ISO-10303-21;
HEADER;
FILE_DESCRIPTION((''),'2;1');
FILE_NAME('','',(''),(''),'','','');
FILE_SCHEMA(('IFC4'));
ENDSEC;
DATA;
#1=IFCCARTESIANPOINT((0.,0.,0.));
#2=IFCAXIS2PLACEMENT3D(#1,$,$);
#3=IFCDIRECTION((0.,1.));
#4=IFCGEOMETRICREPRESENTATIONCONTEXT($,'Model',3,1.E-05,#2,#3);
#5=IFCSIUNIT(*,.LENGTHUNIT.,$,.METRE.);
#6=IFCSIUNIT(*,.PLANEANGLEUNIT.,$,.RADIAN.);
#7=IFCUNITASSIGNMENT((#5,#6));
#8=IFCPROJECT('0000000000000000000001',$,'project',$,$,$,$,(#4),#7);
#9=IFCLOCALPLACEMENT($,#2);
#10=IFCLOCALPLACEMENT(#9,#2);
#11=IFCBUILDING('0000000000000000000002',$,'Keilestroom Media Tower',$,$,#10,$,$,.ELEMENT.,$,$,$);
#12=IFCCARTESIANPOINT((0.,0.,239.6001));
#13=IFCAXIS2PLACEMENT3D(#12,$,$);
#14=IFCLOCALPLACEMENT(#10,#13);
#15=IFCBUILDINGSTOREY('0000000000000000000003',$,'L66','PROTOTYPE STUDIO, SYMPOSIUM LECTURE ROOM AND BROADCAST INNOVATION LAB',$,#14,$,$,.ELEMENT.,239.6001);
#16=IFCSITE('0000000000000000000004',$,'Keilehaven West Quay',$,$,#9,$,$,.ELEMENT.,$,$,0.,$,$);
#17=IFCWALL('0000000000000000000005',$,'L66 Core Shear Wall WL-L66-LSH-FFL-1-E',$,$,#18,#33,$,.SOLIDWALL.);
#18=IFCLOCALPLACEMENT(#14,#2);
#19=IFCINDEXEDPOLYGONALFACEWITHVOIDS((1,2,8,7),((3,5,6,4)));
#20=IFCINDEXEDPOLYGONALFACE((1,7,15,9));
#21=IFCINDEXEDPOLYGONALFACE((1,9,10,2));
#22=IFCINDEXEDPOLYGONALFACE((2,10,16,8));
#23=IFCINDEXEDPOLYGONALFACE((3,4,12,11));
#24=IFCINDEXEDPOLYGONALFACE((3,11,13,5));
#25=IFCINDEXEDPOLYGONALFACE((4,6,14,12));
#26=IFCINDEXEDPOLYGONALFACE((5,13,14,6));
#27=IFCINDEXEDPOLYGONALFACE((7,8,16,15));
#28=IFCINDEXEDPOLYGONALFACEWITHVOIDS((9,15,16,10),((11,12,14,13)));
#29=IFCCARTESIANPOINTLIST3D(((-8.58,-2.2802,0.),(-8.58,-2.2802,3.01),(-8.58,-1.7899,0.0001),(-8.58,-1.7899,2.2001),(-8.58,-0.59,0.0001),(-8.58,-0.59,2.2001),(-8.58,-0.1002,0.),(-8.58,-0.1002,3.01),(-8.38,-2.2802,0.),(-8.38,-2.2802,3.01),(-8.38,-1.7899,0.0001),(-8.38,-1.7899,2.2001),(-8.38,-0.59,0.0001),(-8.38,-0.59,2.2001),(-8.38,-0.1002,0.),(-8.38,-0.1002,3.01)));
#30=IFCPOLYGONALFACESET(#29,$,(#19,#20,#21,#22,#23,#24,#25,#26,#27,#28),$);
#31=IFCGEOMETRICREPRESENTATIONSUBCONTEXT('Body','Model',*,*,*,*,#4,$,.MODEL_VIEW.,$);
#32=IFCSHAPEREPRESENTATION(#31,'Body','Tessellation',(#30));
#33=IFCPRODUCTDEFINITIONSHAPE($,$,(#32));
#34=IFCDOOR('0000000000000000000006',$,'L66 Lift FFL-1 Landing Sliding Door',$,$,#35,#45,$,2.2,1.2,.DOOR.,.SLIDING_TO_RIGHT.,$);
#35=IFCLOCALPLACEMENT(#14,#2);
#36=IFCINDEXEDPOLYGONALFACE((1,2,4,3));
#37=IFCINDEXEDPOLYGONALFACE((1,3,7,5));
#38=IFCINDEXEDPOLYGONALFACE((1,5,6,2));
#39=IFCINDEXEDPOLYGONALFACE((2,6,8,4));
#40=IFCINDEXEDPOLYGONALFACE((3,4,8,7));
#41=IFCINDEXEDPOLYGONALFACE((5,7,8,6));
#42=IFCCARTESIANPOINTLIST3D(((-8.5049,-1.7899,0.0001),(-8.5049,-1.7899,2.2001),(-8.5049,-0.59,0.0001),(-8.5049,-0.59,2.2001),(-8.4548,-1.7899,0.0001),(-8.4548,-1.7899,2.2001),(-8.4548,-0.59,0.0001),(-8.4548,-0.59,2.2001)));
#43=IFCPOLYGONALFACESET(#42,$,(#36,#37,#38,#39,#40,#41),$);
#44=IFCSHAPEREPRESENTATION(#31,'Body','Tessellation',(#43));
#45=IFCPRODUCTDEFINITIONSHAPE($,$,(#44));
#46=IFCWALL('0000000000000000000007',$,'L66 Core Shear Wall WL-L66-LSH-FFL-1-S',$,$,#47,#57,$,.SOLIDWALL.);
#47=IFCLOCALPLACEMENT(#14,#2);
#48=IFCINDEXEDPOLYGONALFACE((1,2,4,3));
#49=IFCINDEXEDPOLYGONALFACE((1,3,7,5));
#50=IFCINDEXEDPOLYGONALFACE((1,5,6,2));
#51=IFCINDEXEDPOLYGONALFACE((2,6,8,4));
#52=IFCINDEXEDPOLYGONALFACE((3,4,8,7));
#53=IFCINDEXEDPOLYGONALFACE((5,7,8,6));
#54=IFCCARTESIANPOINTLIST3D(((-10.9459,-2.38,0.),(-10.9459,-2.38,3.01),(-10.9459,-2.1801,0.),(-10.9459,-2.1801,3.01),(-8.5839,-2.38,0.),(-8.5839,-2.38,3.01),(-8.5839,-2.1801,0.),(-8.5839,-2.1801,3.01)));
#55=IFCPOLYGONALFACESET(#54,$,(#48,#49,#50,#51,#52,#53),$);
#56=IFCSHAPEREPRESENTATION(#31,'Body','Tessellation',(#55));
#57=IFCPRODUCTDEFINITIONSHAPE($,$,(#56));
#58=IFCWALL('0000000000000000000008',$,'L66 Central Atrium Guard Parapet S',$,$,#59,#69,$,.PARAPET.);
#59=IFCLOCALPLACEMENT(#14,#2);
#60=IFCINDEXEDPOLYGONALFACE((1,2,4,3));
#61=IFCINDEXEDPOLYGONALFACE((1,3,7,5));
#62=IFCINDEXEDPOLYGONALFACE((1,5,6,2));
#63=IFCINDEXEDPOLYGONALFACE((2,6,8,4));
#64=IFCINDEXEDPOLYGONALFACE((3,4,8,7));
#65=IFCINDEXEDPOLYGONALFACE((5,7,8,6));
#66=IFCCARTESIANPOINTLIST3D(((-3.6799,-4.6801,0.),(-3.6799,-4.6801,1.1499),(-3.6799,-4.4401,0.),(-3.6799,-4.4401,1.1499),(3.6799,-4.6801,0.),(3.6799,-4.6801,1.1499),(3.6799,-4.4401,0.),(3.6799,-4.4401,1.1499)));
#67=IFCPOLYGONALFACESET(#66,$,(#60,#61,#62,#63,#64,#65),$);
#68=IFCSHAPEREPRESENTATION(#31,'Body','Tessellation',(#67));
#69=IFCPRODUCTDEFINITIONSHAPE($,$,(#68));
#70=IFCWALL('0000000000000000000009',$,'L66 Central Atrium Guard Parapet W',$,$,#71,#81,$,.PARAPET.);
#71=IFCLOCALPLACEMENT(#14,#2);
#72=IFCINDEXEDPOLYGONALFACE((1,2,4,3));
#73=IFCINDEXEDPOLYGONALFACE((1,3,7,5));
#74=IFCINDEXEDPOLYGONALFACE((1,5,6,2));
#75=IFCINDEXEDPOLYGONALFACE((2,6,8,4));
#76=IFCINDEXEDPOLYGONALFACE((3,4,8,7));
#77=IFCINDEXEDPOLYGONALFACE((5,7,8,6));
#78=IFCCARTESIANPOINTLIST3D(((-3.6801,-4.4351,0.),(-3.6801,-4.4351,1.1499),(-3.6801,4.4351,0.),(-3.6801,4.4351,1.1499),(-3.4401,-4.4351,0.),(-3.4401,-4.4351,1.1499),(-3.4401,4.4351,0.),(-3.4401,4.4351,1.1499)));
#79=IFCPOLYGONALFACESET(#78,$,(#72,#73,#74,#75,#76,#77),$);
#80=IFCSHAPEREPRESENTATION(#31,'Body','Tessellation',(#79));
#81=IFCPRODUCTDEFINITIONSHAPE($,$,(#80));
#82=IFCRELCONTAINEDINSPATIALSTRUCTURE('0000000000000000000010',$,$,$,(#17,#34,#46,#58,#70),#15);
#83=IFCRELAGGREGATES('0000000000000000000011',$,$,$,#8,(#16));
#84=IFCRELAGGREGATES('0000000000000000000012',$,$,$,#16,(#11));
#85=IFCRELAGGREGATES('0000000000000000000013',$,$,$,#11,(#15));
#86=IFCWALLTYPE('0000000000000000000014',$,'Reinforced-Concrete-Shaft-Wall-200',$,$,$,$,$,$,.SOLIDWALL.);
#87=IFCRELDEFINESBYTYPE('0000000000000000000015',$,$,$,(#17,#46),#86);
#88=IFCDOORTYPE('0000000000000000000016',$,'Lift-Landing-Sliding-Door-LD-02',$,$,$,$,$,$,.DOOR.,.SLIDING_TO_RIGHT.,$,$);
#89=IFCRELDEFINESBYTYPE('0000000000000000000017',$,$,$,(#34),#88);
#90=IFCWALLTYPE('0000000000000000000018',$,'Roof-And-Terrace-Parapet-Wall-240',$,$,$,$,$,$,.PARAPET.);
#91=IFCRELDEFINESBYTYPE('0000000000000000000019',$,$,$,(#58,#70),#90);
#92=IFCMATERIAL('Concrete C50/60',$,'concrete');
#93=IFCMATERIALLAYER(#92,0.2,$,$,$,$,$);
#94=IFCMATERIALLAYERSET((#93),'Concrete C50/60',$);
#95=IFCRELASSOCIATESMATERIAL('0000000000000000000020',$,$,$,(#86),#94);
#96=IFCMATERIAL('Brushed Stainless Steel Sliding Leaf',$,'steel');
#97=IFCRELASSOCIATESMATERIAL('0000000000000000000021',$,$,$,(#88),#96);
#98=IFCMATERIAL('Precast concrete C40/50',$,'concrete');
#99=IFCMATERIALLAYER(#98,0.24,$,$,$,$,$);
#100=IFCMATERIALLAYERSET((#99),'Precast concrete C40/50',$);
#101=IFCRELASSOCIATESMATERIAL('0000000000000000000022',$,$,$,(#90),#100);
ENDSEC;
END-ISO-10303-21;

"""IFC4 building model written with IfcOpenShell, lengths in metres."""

from ifc_helpers import new_model, si_unit, direction, frame, frame_2d, origin, place, context, subcontext, project, spatial, rectangle, extrude, source, transform, mapped, material, layer, layer_set, type_object, element, fill, save


model = new_model("IFC4")

# Units and contexts
model_context = context("Model", 3, precision=1e-05, world=origin(), true_north=direction((0.0, 1.0)))
body_context = subcontext(model_context, "Body", "Model", "MODEL_VIEW")
ifc_project = project(units=[si_unit("LENGTHUNIT", "METRE"), si_unit("PLANEANGLEUNIT", "RADIAN")], contexts=[model_context])

# Site, building, storey
site_placement = place(None, origin())
site = spatial("IfcSite", under=ifc_project, at=site_placement, Name="Keilehaven West Quay", CompositionType="ELEMENT", RefElevation=0.0)
building_placement = place(site_placement, origin())
building = spatial("IfcBuilding", under=site, at=building_placement, Name="Keilestroom Media Tower", CompositionType="ELEMENT")
storey_placement = place(building_placement, frame((0.0, 0.0, 239.6001)))
storey = spatial("IfcBuildingStorey", under=building, at=storey_placement, Name="L66", Description="PROTOTYPE STUDIO, SYMPOSIUM LECTURE ROOM AND BROADCAST INNOVATION LAB", CompositionType="ELEMENT", Elevation=239.6001)

# Shared definitions
ifc_material_1 = material(Name="Concrete C50/60", Category="concrete")

# Shared definitions
shared_shape_1 = source(origin(), body_context, "Body", "SweptSolid", [
    extrude(rectangle(XDim=1.2, YDim=2.2, at=frame_2d((0.6001, 1.1001))), frame((0.0, 0.0249, 0.0), z_axis=(0.0, -1.0, 0.0), x_axis=(1.0, 0.0, 0.0)), (0.0, 0.0, 1.0), 0.05),
])

# Shared definitions
ifc_layer_1 = layer(ifc_material_1, 0.2)
ifc_layer_set_1 = layer_set([ifc_layer_1], Name="Concrete C50/60")
wall_type_1 = type_object("IfcWallType", Name="Reinforced-Concrete-Shaft-Wall-200", PredefinedType="SOLIDWALL", material=ifc_layer_set_1)

# Wall, opening, door
wall_1_placement = place(storey_placement, frame((-8.48, -2.28, 0.0), z_axis=(0.0, 0.0, 1.0), x_axis=(0.0, 1.0, 0.0)))
wall_1 = element("IfcWall", 1, at=wall_1_placement, inside=storey, type_object=wall_type_1, Name="L66 Core Shear Wall WL-L66-LSH-FFL-1-E", PredefinedType="SOLIDWALL", context=body_context, shape_type="SweptSolid", body=[
    extrude(rectangle(XDim=2.1799, YDim=0.2, at=frame_2d((1.0898, 0.0))), origin(), (0.0, 0.0, 1.0), 3.01),
])
opening_1_placement = place(wall_1_placement, frame((0.49, 0.0, 0.0)))
opening_1 = element("IfcOpeningElement", 2, at=opening_1_placement, cuts=wall_1, PredefinedType="OPENING", context=body_context, shape_type="SweptSolid", body=[
    extrude(rectangle(XDim=1.2, YDim=2.2, at=frame_2d((0.6001, 1.1001))), frame((0.0, 0.1099, 0.0), z_axis=(0.0, -1.0, 0.0), x_axis=(1.0, 0.0, 0.0)), (0.0, 0.0, 1.0), 0.22),
])
ifc_material_2 = material(Name="Brushed Stainless Steel Sliding Leaf", Category="steel")
door_type_1 = type_object("IfcDoorType", Name="Lift-Landing-Sliding-Door-LD-02", OperationType="SLIDING_TO_RIGHT", PredefinedType="DOOR", material=ifc_material_2)
door_1_placement = place(opening_1_placement, origin())
door_1 = element("IfcDoor", 3, at=door_1_placement, inside=storey, type_object=door_type_1, Name="L66 Lift FFL-1 Landing Sliding Door", OperationType="SLIDING_TO_RIGHT", OverallHeight=2.2, OverallWidth=1.2, PredefinedType="DOOR", context=body_context, shape_type="MappedRepresentation", body=[
    mapped(shared_shape_1, transform((0.0, 0.0, 0.0), x_axis=(1.0, 0.0, 0.0), y_axis=(0.0, 1.0, 0.0), z_axis=(0.0, 0.0, 1.0), scale=1.0)),
])
fill(opening_1, door_1)

# Walls
wall_2_placement = place(storey_placement, frame((-10.946, -2.28, 0.0), z_axis=(0.0, 0.0, 1.0), x_axis=(1.0, 0.0, 0.0)))
element("IfcWall", 4, at=wall_2_placement, inside=storey, type_object=wall_type_1, Name="L66 Core Shear Wall WL-L66-LSH-FFL-1-S", PredefinedType="SOLIDWALL", context=body_context, shape_type="SweptSolid", body=[
    extrude(rectangle(XDim=2.3621, YDim=0.2, at=frame_2d((1.1812, 0.0))), origin(), (0.0, 0.0, 1.0), 3.01),
])
ifc_material_3 = material(Name="Precast concrete C40/50", Category="concrete")
ifc_layer_2 = layer(ifc_material_3, 0.24)
ifc_layer_set_2 = layer_set([ifc_layer_2], Name="Precast concrete C40/50")
wall_type_2 = type_object("IfcWallType", Name="Roof-And-Terrace-Parapet-Wall-240", PredefinedType="PARAPET", material=ifc_layer_set_2)
wall_3_placement = place(storey_placement, frame((-3.6799, -4.5601, 0.0), z_axis=(0.0, 0.0, 1.0), x_axis=(1.0, 0.0, 0.0)))
element("IfcWall", 5, at=wall_3_placement, inside=storey, type_object=wall_type_2, Name="L66 Central Atrium Guard Parapet S", PredefinedType="PARAPET", context=body_context, shape_type="SweptSolid", body=[
    extrude(rectangle(XDim=7.3599, YDim=0.24, at=frame_2d((3.6799, 0.0))), origin(), (0.0, 0.0, 1.0), 1.1499),
])
wall_4_placement = place(storey_placement, frame((-3.5601, -4.4351, 0.0), z_axis=(0.0, 0.0, 1.0), x_axis=(0.0, 1.0, 0.0)))
element("IfcWall", 6, at=wall_4_placement, inside=storey, type_object=wall_type_2, Name="L66 Central Atrium Guard Parapet W", PredefinedType="PARAPET", context=body_context, shape_type="SweptSolid", body=[
    extrude(rectangle(XDim=8.8701, YDim=0.24, at=frame_2d((4.4351, 0.0))), origin(), (0.0, 0.0, 1.0), 1.1499),
])

save(model, "model.ifc")
